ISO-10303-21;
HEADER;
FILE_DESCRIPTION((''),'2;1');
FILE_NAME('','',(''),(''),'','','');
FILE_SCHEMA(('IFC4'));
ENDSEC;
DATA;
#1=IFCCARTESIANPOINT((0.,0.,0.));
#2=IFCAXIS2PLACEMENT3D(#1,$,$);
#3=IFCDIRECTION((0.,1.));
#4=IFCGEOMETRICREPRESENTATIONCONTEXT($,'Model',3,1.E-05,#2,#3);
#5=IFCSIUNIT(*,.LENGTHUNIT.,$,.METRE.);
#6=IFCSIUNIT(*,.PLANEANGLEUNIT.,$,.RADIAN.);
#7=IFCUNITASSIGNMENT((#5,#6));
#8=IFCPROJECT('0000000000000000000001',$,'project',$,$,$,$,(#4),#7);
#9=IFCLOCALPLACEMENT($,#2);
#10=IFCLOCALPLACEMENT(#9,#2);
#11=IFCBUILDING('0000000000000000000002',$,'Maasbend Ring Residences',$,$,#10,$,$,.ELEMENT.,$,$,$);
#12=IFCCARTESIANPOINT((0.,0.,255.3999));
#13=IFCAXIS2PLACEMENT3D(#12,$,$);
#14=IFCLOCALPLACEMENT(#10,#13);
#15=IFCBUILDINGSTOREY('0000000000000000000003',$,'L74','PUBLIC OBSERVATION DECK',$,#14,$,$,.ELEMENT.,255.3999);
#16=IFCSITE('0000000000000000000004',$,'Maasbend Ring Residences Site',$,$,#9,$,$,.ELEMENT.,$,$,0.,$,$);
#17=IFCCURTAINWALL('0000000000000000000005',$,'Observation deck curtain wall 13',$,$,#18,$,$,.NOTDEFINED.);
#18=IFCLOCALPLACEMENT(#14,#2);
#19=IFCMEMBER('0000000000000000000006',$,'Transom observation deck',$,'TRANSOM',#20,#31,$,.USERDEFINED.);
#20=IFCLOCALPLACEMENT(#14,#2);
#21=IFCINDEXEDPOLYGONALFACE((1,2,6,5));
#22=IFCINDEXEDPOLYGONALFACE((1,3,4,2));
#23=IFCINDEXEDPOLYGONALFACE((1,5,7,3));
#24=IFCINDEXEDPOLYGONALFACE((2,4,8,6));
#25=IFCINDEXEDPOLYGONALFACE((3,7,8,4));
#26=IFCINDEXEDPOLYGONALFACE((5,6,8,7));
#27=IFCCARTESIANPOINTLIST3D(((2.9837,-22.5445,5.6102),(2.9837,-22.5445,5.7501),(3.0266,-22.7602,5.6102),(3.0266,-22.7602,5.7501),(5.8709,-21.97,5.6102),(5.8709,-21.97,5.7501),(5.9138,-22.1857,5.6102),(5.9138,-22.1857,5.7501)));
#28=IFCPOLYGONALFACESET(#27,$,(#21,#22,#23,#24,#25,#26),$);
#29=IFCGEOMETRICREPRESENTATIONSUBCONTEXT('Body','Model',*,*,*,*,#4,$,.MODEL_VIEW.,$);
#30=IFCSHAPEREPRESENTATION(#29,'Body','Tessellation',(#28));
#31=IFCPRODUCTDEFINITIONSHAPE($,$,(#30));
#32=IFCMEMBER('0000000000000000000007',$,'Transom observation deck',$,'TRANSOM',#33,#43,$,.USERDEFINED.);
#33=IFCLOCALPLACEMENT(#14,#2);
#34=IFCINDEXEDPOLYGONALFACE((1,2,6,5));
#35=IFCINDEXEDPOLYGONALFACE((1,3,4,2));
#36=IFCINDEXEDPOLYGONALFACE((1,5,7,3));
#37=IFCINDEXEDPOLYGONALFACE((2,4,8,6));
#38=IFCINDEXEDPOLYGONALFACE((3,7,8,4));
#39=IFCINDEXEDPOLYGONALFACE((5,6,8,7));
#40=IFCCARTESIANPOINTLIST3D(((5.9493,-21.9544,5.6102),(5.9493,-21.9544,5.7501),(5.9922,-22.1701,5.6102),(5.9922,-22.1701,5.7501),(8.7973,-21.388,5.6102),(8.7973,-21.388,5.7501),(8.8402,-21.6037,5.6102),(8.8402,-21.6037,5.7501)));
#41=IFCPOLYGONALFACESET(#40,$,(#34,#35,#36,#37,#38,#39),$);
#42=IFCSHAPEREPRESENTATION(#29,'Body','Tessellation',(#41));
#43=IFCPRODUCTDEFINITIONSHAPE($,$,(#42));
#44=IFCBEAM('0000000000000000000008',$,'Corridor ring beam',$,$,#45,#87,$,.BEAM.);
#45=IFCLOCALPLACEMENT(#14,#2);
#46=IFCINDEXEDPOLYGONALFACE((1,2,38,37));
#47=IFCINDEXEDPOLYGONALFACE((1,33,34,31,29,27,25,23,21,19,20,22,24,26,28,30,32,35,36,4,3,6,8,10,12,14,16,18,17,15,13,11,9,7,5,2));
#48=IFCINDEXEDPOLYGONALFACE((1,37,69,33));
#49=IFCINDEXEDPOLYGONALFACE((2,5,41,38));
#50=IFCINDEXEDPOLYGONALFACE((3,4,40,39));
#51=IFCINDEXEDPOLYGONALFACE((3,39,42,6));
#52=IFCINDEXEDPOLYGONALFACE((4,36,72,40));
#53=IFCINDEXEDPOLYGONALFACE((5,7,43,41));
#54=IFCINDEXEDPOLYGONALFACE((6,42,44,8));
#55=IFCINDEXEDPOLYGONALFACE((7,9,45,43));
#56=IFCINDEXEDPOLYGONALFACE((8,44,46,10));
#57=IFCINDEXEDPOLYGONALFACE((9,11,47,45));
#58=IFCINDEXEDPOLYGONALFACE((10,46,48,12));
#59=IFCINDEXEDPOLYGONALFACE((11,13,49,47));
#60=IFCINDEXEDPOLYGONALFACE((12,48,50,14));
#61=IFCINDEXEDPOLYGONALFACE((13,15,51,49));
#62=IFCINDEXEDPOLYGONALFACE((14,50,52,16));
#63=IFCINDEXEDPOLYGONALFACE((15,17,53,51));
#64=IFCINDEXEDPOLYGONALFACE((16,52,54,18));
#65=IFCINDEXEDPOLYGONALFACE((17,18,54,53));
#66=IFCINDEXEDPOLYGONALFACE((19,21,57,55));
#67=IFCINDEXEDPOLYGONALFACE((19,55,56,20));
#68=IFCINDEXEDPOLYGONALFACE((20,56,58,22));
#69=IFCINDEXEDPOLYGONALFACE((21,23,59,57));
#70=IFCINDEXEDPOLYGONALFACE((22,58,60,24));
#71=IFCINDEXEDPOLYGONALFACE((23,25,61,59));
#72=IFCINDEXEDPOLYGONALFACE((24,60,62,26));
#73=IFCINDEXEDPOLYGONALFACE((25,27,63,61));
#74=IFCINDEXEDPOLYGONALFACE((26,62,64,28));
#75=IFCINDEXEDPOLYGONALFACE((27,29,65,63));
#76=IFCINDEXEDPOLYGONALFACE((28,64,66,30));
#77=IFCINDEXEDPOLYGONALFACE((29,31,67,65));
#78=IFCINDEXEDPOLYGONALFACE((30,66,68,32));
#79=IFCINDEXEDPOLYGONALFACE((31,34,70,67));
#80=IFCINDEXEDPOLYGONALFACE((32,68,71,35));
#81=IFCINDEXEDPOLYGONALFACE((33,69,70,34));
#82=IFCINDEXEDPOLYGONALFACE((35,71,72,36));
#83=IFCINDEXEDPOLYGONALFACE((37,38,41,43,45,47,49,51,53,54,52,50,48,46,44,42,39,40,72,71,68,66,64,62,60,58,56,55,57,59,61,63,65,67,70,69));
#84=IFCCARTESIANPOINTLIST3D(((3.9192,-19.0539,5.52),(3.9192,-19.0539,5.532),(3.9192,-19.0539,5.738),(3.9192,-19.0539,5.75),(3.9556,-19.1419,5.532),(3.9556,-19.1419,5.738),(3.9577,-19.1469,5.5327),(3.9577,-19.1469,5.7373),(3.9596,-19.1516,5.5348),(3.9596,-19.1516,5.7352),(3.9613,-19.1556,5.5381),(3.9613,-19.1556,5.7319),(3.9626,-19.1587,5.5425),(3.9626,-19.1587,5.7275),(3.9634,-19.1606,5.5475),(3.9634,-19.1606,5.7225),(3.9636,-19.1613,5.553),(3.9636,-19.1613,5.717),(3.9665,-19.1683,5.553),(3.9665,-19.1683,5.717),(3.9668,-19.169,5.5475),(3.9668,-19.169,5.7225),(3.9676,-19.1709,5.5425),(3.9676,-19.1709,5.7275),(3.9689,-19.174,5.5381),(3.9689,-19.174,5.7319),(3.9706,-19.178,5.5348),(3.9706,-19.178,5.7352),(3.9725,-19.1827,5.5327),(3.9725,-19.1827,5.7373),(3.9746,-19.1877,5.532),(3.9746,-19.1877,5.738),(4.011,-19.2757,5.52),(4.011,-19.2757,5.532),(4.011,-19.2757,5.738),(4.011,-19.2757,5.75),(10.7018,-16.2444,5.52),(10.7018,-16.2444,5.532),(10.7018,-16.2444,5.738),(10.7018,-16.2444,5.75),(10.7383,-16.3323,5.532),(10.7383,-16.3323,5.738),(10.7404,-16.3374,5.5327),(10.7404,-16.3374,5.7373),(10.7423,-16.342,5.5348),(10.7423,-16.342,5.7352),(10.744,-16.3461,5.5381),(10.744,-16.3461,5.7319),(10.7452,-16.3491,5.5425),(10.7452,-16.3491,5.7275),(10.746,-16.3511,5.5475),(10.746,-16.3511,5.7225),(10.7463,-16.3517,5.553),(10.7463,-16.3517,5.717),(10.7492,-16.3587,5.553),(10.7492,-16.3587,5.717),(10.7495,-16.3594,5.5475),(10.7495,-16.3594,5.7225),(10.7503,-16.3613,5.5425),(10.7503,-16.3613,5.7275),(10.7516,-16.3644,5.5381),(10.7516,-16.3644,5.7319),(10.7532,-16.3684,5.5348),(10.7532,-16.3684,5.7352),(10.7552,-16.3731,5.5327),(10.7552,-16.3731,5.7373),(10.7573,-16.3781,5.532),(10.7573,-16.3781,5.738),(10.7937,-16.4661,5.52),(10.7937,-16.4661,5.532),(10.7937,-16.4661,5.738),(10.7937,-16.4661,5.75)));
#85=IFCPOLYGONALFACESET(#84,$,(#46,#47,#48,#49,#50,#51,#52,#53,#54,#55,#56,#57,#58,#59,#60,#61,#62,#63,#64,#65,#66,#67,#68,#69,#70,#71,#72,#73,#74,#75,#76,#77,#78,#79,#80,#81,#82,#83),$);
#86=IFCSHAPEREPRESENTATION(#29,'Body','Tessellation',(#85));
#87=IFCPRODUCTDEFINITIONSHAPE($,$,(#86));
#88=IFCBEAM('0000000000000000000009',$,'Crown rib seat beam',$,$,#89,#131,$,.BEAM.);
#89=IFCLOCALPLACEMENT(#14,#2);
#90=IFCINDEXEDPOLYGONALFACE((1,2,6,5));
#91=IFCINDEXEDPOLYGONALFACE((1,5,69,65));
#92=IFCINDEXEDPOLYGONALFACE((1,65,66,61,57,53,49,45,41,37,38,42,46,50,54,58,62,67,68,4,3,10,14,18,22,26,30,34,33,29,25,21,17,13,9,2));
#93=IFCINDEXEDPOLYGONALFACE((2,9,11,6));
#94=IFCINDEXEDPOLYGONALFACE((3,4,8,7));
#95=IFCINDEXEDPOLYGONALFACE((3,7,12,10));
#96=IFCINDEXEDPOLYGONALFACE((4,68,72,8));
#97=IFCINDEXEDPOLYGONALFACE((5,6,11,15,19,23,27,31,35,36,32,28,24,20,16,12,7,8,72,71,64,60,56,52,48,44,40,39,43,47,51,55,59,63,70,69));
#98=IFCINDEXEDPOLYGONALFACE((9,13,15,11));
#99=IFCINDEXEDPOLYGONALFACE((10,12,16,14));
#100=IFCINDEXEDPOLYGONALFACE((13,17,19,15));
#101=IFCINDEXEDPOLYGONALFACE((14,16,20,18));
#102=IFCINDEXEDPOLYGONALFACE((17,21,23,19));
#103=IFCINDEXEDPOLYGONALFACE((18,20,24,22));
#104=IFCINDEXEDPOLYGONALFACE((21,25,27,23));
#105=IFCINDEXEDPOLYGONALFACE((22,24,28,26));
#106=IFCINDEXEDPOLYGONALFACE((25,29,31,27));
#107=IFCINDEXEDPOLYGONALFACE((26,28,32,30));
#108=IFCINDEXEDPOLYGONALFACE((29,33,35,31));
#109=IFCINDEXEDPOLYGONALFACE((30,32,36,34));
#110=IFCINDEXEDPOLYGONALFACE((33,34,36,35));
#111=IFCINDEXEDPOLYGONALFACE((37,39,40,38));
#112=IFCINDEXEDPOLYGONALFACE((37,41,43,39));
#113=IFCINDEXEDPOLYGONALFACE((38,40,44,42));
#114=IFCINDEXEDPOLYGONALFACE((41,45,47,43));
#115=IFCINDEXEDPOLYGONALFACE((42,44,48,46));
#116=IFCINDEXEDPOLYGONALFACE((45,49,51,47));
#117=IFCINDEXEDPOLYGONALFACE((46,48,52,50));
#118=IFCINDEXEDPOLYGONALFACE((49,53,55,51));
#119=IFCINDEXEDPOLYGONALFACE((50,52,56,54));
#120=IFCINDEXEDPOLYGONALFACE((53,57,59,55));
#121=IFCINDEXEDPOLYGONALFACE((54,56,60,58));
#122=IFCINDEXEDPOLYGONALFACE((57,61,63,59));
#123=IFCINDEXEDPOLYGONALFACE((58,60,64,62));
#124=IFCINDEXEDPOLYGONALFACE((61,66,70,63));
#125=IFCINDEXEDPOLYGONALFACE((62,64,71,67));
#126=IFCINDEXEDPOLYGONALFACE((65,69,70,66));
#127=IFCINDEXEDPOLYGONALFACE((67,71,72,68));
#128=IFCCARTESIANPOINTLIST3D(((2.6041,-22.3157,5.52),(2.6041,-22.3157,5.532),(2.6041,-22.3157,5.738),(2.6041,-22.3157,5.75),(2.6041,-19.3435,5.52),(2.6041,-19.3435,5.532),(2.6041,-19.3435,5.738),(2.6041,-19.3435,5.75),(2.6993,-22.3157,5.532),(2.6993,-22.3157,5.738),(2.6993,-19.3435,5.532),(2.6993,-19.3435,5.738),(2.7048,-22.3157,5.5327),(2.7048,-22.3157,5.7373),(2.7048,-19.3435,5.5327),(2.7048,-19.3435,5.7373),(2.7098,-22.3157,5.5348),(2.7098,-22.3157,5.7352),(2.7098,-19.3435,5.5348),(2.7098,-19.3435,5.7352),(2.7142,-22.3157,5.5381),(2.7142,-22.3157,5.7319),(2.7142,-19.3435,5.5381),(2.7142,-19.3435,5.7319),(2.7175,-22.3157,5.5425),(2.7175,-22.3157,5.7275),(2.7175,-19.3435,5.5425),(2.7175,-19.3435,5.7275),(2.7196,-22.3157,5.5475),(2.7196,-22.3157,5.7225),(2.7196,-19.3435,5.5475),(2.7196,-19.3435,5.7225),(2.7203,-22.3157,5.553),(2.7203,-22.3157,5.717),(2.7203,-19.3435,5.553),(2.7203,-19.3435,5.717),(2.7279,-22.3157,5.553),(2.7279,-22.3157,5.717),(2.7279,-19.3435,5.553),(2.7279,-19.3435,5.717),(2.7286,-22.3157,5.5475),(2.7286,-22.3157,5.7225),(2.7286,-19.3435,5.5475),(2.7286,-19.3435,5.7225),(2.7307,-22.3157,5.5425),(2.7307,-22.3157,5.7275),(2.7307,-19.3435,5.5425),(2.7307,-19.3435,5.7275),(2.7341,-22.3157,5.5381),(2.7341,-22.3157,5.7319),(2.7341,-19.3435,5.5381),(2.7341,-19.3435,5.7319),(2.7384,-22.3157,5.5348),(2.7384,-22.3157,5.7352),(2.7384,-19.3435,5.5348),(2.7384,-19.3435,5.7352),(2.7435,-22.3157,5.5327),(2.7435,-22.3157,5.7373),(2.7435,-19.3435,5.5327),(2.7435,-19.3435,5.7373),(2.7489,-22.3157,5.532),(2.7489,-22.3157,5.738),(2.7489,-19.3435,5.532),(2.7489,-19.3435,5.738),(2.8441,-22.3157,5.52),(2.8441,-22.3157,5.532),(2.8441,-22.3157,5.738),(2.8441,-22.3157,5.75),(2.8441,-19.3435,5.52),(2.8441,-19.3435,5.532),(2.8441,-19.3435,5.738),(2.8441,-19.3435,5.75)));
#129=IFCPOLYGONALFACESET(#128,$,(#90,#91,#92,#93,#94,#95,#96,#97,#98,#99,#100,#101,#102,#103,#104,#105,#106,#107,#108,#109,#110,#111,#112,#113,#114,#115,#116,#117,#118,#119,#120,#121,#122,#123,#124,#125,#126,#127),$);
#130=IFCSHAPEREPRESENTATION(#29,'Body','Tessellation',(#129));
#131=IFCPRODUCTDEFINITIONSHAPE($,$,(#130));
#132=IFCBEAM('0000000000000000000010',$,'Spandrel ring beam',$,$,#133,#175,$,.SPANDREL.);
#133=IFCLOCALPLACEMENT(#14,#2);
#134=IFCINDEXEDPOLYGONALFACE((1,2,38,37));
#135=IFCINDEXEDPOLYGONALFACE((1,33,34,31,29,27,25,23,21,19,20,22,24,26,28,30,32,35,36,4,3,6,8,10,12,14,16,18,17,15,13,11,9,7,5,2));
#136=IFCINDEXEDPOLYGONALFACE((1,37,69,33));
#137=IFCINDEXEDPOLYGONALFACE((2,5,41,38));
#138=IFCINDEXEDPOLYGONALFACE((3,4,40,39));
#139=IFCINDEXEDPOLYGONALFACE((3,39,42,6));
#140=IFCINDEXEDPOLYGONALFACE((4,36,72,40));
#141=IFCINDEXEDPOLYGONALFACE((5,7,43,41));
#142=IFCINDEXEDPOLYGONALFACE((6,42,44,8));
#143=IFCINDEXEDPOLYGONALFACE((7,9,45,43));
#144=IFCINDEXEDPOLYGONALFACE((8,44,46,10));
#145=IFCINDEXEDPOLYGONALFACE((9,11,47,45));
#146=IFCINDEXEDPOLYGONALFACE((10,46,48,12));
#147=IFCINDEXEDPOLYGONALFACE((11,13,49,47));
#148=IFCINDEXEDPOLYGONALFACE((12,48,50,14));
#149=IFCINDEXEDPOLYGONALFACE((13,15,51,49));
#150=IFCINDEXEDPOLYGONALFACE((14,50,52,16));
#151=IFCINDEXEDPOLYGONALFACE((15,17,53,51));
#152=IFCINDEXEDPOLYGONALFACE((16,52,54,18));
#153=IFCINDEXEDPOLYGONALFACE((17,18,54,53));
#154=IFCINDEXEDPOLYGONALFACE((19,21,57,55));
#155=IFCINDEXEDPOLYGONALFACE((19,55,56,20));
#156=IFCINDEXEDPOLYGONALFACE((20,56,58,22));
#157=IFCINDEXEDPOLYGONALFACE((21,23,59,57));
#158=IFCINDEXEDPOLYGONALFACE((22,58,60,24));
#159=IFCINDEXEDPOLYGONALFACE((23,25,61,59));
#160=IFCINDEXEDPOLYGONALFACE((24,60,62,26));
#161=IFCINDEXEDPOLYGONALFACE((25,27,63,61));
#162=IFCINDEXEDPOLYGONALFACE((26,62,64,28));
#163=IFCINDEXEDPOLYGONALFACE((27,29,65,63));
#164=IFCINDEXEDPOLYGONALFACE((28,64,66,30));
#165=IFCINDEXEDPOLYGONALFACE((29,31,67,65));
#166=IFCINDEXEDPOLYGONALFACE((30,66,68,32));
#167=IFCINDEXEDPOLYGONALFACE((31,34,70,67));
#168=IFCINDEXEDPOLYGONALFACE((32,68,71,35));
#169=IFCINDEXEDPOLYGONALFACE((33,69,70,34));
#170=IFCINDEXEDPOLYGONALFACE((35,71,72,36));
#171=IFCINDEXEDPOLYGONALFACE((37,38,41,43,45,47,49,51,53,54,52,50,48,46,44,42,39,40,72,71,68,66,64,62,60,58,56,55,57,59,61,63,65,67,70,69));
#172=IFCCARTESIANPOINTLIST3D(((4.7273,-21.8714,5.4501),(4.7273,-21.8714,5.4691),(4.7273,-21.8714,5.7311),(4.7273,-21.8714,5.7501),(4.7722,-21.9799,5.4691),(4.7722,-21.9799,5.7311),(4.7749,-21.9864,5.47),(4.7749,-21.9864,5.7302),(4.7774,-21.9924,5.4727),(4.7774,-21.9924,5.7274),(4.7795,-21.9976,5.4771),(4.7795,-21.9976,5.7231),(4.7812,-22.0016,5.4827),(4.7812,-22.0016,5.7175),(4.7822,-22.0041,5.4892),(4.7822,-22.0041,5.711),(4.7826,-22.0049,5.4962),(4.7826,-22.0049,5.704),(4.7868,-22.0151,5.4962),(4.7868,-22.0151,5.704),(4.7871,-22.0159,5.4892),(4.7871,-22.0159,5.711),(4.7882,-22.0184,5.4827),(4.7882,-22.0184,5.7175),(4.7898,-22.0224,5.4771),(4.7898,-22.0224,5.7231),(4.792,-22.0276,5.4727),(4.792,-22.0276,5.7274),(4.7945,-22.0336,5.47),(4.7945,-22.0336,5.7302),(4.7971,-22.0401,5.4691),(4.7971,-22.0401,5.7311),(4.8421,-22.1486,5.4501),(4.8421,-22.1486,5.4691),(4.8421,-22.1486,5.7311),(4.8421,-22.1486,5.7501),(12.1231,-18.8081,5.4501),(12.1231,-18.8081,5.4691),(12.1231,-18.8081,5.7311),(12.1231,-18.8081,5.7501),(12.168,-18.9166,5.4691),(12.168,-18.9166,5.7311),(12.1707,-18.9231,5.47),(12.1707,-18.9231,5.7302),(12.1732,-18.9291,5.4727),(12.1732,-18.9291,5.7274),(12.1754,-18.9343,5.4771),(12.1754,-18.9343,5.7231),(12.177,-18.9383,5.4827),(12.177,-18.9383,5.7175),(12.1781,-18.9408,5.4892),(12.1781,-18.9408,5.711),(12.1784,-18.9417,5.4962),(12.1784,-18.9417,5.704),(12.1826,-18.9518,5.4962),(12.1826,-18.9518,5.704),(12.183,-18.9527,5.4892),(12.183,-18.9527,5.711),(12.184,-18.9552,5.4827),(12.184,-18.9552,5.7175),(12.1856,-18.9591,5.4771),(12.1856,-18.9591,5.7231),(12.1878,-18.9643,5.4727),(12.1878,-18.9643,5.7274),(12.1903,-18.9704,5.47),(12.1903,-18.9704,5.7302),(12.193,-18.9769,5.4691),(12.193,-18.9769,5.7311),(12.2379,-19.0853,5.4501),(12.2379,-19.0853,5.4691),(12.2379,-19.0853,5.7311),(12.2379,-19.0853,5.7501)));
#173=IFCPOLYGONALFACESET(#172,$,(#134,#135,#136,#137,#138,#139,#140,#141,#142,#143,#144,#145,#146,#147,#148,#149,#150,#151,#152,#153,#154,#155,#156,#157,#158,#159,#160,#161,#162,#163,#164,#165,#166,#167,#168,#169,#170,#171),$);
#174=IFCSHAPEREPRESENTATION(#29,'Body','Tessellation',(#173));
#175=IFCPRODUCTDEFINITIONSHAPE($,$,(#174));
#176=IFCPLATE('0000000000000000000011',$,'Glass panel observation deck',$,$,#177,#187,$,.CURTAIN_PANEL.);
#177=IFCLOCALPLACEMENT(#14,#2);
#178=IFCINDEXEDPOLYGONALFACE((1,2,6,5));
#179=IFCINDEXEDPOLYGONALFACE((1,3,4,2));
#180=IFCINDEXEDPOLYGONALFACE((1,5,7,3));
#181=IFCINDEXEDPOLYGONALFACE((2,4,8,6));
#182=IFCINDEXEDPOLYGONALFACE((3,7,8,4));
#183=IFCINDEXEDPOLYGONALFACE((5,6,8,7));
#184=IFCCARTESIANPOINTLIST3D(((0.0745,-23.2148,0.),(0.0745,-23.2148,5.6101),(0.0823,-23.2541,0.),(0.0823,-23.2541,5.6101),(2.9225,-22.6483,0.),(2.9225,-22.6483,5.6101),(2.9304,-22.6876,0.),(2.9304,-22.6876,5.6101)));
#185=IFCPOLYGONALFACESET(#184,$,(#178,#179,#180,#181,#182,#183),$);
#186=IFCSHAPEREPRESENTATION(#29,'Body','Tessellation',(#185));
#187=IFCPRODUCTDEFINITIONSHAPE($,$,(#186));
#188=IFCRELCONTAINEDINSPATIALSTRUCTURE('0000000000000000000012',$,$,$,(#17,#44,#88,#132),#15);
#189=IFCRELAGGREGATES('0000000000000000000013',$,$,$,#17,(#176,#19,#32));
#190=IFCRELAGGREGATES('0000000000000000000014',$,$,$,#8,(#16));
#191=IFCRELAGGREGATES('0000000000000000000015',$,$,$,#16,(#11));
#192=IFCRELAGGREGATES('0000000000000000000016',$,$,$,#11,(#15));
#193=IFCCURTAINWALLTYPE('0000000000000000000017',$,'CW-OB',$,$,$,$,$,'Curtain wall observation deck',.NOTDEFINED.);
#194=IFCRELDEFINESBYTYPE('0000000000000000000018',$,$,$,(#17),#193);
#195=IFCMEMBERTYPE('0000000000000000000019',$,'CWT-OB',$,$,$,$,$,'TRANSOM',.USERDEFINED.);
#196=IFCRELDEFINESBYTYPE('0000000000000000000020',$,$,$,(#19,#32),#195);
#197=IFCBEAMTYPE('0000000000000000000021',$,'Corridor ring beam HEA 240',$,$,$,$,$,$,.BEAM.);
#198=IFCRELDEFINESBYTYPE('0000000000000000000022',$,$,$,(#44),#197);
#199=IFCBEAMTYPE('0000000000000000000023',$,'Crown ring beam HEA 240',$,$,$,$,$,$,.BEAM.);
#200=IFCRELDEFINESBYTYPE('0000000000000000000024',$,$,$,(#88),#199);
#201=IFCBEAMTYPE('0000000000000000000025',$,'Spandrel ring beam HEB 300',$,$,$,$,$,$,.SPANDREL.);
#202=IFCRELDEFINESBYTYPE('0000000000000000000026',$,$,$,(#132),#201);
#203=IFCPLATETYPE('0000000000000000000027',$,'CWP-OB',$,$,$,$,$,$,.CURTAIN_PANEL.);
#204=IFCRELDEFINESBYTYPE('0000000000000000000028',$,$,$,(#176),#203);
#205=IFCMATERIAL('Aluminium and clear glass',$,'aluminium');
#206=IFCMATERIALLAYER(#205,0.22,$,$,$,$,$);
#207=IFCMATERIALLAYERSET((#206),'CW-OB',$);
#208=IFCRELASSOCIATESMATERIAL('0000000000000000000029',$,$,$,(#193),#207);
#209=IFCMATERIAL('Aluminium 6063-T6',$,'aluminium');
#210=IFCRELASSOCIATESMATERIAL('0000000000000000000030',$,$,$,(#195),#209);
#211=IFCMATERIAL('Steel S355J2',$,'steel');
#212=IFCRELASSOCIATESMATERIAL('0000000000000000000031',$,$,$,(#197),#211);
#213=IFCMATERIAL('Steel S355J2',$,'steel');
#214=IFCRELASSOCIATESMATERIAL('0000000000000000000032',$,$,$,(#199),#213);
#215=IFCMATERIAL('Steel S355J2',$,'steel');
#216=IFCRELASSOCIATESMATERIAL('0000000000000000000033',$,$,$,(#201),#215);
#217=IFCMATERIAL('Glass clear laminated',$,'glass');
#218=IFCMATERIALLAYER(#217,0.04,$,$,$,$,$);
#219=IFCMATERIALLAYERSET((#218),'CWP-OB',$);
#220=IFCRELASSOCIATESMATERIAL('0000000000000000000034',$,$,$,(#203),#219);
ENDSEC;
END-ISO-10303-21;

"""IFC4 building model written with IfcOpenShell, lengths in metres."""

from ifc_helpers import new_model, si_unit, direction, frame, origin, origin_2d, place, context, subcontext, project, spatial, rectangle, i_section, extrude, material, layer, layer_set, material_profile, profile_set, type_object, element, aggregate, save


model = new_model("IFC4")

# Units and contexts
model_context = context("Model", 3, precision=1e-05, world=origin(), true_north=direction((0.0, 1.0)))
body_context = subcontext(model_context, "Body", "Model", "MODEL_VIEW")
ifc_project = project(units=[si_unit("LENGTHUNIT", "METRE"), si_unit("PLANEANGLEUNIT", "RADIAN")], contexts=[model_context])

# Site, building, storey
site_placement = place(None, origin())
site = spatial("IfcSite", under=ifc_project, at=site_placement, Name="Maasbend Ring Residences Site", CompositionType="ELEMENT", RefElevation=0.0)
building_placement = place(site_placement, origin())
building = spatial("IfcBuilding", under=site, at=building_placement, Name="Maasbend Ring Residences", CompositionType="ELEMENT")
storey_placement = place(building_placement, frame((0.0, 0.0, 255.3999)))
storey = spatial("IfcBuildingStorey", under=building, at=storey_placement, Name="L74", Description="PUBLIC OBSERVATION DECK", CompositionType="ELEMENT", Elevation=255.3999)

# Curtain wall, members
ifc_material_1 = material(Name="Aluminium and clear glass", Category="aluminium")
ifc_layer_1 = layer(ifc_material_1, 0.22)
ifc_layer_set_1 = layer_set([ifc_layer_1], Name="CW-OB")
curtain_wall_type = type_object("IfcCurtainWallType", Name="CW-OB", ElementType="Curtain wall observation deck", PredefinedType="NOTDEFINED", material=ifc_layer_set_1)
curtain_wall_placement = place(storey_placement, origin())
curtain_wall = element("IfcCurtainWall", 1, at=curtain_wall_placement, inside=storey, type_object=curtain_wall_type, Name="Observation deck curtain wall 13", PredefinedType="NOTDEFINED")
ifc_material_2 = material(Name="Aluminium 6063-T6", Category="aluminium")
ifc_material_profile_1 = material_profile(ifc_material_2, rectangle(XDim=0.22, YDim=0.1399, at=origin_2d()), Name="AL 220x140")
ifc_profile_set_1 = profile_set([ifc_material_profile_1], Name="Aluminium 6063-T6")
member_type_1 = type_object("IfcMemberType", Name="CWT-OB", ElementType="TRANSOM", PredefinedType="USERDEFINED", material=ifc_profile_set_1)
member_1_placement = place(storey_placement, frame((3.0051, -22.6523, 5.6802), z_axis=(0.980775, 0.195143, 0.0), x_axis=(-0.195143, 0.980775, 0.0)))
member_1 = element("IfcMember", 2, at=member_1_placement, type_object=member_type_1, Name="Transom observation deck", ObjectType="TRANSOM", PredefinedType="USERDEFINED", context=body_context, shape_type="SweptSolid", body=[
    extrude(rectangle(XDim=0.22, YDim=0.1399, at=origin_2d()), origin(), (0.0, 0.0, 1.0), 2.9438),
])
member_2_placement = place(storey_placement, frame((5.9707, -22.0623, 5.6802), z_axis=(0.980794, 0.195049, 0.0), x_axis=(-0.195049, 0.980794, 0.0)))
member_2 = element("IfcMember", 3, at=member_2_placement, type_object=member_type_1, Name="Transom observation deck", ObjectType="TRANSOM", PredefinedType="USERDEFINED", context=body_context, shape_type="SweptSolid", body=[
    extrude(rectangle(XDim=0.22, YDim=0.1399, at=origin_2d()), origin(), (0.0, 0.0, 1.0), 2.9038),
])

# Beams
ifc_material_3 = material(Name="Steel S355J2", Category="steel")
ifc_material_profile_2 = material_profile(ifc_material_3, i_section(OverallWidth=0.24, OverallDepth=0.23, WebThickness=0.0076, FlangeThickness=0.012, FilletRadius=0.021, at=origin_2d()), Name="HEA 240")
ifc_profile_set_2 = profile_set([ifc_material_profile_2], Name="Steel S355J2")
beam_type_1 = type_object("IfcBeamType", Name="Corridor ring beam HEA 240", PredefinedType="BEAM", material=ifc_profile_set_2)
beam_1_placement = place(storey_placement, frame((3.9651, -19.1648, 5.635), z_axis=(0.923876, 0.382692, 0.0), x_axis=(-0.382692, 0.923876, 0.0)))
element("IfcBeam", 4, at=beam_1_placement, inside=storey, type_object=beam_type_1, Name="Corridor ring beam", PredefinedType="BEAM", context=body_context, shape_type="SweptSolid", body=[
    extrude(i_section(OverallWidth=0.24, OverallDepth=0.23, WebThickness=0.0076, FlangeThickness=0.012, FilletRadius=0.021, at=origin_2d()), origin(), (0.0, 0.0, 1.0), 7.3416),
])
ifc_material_4 = material(Name="Steel S355J2", Category="steel")
ifc_material_profile_3 = material_profile(ifc_material_4, i_section(OverallWidth=0.24, OverallDepth=0.23, WebThickness=0.0076, FlangeThickness=0.012, FilletRadius=0.021, at=origin_2d()), Name="HEA 240")
ifc_profile_set_3 = profile_set([ifc_material_profile_3], Name="Steel S355J2")
beam_type_2 = type_object("IfcBeamType", Name="Crown ring beam HEA 240", PredefinedType="BEAM", material=ifc_profile_set_3)
beam_2_placement = place(storey_placement, frame((2.7241, -19.3435, 5.635), z_axis=(0.0, -1.0, 0.0), x_axis=(1.0, 0.0, 0.0)))
element("IfcBeam", 5, at=beam_2_placement, inside=storey, type_object=beam_type_2, Name="Crown rib seat beam", PredefinedType="BEAM", context=body_context, shape_type="SweptSolid", body=[
    extrude(i_section(OverallWidth=0.24, OverallDepth=0.23, WebThickness=0.0076, FlangeThickness=0.012, FilletRadius=0.021, at=origin_2d()), origin(), (0.0, 0.0, 1.0), 2.9722),
])
ifc_material_5 = material(Name="Steel S355J2", Category="steel")
ifc_material_profile_4 = material_profile(ifc_material_5, i_section(OverallWidth=0.3, OverallDepth=0.3, WebThickness=0.011, FlangeThickness=0.019, FilletRadius=0.0271, at=origin_2d()), Name="HEB 300")
ifc_profile_set_4 = profile_set([ifc_material_profile_4], Name="Steel S355J2")
beam_type_3 = type_object("IfcBeamType", Name="Spandrel ring beam HEB 300", PredefinedType="SPANDREL", material=ifc_profile_set_4)
beam_3_placement = place(storey_placement, frame((4.7847, -22.01, 5.6001), z_axis=(0.923888, 0.382663, 0.0), x_axis=(-0.382663, 0.923888, 0.0)))
element("IfcBeam", 6, at=beam_3_placement, inside=storey, type_object=beam_type_3, Name="Spandrel ring beam", PredefinedType="SPANDREL", context=body_context, shape_type="SweptSolid", body=[
    extrude(i_section(OverallWidth=0.3, OverallDepth=0.3, WebThickness=0.011, FlangeThickness=0.019, FilletRadius=0.0271, at=origin_2d()), origin(), (0.0, 0.0, 1.0), 8.0051),
])

# Plate
ifc_material_6 = material(Name="Glass clear laminated", Category="glass")
ifc_layer_2 = layer(ifc_material_6, 0.04)
ifc_layer_set_2 = layer_set([ifc_layer_2], Name="CWP-OB")
plate_type = type_object("IfcPlateType", Name="CWP-OB", PredefinedType="CURTAIN_PANEL", material=ifc_layer_set_2)
plate_1_placement = place(storey_placement, frame((1.5024, -22.9512, 0.0), z_axis=(0.0, 0.0, 1.0), x_axis=(0.980785, 0.19509, 0.0)))
plate_1 = element("IfcPlate", 7, at=plate_1_placement, type_object=plate_type, Name="Glass panel observation deck", PredefinedType="CURTAIN_PANEL", context=body_context, shape_type="SweptSolid", body=[
    extrude(rectangle(XDim=2.9038, YDim=0.04, at=origin_2d()), origin(), (0.0, 0.0, 1.0), 5.6101),
])
aggregate(curtain_wall, [plate_1, member_1, member_2])

save(model, "model.ifc")
